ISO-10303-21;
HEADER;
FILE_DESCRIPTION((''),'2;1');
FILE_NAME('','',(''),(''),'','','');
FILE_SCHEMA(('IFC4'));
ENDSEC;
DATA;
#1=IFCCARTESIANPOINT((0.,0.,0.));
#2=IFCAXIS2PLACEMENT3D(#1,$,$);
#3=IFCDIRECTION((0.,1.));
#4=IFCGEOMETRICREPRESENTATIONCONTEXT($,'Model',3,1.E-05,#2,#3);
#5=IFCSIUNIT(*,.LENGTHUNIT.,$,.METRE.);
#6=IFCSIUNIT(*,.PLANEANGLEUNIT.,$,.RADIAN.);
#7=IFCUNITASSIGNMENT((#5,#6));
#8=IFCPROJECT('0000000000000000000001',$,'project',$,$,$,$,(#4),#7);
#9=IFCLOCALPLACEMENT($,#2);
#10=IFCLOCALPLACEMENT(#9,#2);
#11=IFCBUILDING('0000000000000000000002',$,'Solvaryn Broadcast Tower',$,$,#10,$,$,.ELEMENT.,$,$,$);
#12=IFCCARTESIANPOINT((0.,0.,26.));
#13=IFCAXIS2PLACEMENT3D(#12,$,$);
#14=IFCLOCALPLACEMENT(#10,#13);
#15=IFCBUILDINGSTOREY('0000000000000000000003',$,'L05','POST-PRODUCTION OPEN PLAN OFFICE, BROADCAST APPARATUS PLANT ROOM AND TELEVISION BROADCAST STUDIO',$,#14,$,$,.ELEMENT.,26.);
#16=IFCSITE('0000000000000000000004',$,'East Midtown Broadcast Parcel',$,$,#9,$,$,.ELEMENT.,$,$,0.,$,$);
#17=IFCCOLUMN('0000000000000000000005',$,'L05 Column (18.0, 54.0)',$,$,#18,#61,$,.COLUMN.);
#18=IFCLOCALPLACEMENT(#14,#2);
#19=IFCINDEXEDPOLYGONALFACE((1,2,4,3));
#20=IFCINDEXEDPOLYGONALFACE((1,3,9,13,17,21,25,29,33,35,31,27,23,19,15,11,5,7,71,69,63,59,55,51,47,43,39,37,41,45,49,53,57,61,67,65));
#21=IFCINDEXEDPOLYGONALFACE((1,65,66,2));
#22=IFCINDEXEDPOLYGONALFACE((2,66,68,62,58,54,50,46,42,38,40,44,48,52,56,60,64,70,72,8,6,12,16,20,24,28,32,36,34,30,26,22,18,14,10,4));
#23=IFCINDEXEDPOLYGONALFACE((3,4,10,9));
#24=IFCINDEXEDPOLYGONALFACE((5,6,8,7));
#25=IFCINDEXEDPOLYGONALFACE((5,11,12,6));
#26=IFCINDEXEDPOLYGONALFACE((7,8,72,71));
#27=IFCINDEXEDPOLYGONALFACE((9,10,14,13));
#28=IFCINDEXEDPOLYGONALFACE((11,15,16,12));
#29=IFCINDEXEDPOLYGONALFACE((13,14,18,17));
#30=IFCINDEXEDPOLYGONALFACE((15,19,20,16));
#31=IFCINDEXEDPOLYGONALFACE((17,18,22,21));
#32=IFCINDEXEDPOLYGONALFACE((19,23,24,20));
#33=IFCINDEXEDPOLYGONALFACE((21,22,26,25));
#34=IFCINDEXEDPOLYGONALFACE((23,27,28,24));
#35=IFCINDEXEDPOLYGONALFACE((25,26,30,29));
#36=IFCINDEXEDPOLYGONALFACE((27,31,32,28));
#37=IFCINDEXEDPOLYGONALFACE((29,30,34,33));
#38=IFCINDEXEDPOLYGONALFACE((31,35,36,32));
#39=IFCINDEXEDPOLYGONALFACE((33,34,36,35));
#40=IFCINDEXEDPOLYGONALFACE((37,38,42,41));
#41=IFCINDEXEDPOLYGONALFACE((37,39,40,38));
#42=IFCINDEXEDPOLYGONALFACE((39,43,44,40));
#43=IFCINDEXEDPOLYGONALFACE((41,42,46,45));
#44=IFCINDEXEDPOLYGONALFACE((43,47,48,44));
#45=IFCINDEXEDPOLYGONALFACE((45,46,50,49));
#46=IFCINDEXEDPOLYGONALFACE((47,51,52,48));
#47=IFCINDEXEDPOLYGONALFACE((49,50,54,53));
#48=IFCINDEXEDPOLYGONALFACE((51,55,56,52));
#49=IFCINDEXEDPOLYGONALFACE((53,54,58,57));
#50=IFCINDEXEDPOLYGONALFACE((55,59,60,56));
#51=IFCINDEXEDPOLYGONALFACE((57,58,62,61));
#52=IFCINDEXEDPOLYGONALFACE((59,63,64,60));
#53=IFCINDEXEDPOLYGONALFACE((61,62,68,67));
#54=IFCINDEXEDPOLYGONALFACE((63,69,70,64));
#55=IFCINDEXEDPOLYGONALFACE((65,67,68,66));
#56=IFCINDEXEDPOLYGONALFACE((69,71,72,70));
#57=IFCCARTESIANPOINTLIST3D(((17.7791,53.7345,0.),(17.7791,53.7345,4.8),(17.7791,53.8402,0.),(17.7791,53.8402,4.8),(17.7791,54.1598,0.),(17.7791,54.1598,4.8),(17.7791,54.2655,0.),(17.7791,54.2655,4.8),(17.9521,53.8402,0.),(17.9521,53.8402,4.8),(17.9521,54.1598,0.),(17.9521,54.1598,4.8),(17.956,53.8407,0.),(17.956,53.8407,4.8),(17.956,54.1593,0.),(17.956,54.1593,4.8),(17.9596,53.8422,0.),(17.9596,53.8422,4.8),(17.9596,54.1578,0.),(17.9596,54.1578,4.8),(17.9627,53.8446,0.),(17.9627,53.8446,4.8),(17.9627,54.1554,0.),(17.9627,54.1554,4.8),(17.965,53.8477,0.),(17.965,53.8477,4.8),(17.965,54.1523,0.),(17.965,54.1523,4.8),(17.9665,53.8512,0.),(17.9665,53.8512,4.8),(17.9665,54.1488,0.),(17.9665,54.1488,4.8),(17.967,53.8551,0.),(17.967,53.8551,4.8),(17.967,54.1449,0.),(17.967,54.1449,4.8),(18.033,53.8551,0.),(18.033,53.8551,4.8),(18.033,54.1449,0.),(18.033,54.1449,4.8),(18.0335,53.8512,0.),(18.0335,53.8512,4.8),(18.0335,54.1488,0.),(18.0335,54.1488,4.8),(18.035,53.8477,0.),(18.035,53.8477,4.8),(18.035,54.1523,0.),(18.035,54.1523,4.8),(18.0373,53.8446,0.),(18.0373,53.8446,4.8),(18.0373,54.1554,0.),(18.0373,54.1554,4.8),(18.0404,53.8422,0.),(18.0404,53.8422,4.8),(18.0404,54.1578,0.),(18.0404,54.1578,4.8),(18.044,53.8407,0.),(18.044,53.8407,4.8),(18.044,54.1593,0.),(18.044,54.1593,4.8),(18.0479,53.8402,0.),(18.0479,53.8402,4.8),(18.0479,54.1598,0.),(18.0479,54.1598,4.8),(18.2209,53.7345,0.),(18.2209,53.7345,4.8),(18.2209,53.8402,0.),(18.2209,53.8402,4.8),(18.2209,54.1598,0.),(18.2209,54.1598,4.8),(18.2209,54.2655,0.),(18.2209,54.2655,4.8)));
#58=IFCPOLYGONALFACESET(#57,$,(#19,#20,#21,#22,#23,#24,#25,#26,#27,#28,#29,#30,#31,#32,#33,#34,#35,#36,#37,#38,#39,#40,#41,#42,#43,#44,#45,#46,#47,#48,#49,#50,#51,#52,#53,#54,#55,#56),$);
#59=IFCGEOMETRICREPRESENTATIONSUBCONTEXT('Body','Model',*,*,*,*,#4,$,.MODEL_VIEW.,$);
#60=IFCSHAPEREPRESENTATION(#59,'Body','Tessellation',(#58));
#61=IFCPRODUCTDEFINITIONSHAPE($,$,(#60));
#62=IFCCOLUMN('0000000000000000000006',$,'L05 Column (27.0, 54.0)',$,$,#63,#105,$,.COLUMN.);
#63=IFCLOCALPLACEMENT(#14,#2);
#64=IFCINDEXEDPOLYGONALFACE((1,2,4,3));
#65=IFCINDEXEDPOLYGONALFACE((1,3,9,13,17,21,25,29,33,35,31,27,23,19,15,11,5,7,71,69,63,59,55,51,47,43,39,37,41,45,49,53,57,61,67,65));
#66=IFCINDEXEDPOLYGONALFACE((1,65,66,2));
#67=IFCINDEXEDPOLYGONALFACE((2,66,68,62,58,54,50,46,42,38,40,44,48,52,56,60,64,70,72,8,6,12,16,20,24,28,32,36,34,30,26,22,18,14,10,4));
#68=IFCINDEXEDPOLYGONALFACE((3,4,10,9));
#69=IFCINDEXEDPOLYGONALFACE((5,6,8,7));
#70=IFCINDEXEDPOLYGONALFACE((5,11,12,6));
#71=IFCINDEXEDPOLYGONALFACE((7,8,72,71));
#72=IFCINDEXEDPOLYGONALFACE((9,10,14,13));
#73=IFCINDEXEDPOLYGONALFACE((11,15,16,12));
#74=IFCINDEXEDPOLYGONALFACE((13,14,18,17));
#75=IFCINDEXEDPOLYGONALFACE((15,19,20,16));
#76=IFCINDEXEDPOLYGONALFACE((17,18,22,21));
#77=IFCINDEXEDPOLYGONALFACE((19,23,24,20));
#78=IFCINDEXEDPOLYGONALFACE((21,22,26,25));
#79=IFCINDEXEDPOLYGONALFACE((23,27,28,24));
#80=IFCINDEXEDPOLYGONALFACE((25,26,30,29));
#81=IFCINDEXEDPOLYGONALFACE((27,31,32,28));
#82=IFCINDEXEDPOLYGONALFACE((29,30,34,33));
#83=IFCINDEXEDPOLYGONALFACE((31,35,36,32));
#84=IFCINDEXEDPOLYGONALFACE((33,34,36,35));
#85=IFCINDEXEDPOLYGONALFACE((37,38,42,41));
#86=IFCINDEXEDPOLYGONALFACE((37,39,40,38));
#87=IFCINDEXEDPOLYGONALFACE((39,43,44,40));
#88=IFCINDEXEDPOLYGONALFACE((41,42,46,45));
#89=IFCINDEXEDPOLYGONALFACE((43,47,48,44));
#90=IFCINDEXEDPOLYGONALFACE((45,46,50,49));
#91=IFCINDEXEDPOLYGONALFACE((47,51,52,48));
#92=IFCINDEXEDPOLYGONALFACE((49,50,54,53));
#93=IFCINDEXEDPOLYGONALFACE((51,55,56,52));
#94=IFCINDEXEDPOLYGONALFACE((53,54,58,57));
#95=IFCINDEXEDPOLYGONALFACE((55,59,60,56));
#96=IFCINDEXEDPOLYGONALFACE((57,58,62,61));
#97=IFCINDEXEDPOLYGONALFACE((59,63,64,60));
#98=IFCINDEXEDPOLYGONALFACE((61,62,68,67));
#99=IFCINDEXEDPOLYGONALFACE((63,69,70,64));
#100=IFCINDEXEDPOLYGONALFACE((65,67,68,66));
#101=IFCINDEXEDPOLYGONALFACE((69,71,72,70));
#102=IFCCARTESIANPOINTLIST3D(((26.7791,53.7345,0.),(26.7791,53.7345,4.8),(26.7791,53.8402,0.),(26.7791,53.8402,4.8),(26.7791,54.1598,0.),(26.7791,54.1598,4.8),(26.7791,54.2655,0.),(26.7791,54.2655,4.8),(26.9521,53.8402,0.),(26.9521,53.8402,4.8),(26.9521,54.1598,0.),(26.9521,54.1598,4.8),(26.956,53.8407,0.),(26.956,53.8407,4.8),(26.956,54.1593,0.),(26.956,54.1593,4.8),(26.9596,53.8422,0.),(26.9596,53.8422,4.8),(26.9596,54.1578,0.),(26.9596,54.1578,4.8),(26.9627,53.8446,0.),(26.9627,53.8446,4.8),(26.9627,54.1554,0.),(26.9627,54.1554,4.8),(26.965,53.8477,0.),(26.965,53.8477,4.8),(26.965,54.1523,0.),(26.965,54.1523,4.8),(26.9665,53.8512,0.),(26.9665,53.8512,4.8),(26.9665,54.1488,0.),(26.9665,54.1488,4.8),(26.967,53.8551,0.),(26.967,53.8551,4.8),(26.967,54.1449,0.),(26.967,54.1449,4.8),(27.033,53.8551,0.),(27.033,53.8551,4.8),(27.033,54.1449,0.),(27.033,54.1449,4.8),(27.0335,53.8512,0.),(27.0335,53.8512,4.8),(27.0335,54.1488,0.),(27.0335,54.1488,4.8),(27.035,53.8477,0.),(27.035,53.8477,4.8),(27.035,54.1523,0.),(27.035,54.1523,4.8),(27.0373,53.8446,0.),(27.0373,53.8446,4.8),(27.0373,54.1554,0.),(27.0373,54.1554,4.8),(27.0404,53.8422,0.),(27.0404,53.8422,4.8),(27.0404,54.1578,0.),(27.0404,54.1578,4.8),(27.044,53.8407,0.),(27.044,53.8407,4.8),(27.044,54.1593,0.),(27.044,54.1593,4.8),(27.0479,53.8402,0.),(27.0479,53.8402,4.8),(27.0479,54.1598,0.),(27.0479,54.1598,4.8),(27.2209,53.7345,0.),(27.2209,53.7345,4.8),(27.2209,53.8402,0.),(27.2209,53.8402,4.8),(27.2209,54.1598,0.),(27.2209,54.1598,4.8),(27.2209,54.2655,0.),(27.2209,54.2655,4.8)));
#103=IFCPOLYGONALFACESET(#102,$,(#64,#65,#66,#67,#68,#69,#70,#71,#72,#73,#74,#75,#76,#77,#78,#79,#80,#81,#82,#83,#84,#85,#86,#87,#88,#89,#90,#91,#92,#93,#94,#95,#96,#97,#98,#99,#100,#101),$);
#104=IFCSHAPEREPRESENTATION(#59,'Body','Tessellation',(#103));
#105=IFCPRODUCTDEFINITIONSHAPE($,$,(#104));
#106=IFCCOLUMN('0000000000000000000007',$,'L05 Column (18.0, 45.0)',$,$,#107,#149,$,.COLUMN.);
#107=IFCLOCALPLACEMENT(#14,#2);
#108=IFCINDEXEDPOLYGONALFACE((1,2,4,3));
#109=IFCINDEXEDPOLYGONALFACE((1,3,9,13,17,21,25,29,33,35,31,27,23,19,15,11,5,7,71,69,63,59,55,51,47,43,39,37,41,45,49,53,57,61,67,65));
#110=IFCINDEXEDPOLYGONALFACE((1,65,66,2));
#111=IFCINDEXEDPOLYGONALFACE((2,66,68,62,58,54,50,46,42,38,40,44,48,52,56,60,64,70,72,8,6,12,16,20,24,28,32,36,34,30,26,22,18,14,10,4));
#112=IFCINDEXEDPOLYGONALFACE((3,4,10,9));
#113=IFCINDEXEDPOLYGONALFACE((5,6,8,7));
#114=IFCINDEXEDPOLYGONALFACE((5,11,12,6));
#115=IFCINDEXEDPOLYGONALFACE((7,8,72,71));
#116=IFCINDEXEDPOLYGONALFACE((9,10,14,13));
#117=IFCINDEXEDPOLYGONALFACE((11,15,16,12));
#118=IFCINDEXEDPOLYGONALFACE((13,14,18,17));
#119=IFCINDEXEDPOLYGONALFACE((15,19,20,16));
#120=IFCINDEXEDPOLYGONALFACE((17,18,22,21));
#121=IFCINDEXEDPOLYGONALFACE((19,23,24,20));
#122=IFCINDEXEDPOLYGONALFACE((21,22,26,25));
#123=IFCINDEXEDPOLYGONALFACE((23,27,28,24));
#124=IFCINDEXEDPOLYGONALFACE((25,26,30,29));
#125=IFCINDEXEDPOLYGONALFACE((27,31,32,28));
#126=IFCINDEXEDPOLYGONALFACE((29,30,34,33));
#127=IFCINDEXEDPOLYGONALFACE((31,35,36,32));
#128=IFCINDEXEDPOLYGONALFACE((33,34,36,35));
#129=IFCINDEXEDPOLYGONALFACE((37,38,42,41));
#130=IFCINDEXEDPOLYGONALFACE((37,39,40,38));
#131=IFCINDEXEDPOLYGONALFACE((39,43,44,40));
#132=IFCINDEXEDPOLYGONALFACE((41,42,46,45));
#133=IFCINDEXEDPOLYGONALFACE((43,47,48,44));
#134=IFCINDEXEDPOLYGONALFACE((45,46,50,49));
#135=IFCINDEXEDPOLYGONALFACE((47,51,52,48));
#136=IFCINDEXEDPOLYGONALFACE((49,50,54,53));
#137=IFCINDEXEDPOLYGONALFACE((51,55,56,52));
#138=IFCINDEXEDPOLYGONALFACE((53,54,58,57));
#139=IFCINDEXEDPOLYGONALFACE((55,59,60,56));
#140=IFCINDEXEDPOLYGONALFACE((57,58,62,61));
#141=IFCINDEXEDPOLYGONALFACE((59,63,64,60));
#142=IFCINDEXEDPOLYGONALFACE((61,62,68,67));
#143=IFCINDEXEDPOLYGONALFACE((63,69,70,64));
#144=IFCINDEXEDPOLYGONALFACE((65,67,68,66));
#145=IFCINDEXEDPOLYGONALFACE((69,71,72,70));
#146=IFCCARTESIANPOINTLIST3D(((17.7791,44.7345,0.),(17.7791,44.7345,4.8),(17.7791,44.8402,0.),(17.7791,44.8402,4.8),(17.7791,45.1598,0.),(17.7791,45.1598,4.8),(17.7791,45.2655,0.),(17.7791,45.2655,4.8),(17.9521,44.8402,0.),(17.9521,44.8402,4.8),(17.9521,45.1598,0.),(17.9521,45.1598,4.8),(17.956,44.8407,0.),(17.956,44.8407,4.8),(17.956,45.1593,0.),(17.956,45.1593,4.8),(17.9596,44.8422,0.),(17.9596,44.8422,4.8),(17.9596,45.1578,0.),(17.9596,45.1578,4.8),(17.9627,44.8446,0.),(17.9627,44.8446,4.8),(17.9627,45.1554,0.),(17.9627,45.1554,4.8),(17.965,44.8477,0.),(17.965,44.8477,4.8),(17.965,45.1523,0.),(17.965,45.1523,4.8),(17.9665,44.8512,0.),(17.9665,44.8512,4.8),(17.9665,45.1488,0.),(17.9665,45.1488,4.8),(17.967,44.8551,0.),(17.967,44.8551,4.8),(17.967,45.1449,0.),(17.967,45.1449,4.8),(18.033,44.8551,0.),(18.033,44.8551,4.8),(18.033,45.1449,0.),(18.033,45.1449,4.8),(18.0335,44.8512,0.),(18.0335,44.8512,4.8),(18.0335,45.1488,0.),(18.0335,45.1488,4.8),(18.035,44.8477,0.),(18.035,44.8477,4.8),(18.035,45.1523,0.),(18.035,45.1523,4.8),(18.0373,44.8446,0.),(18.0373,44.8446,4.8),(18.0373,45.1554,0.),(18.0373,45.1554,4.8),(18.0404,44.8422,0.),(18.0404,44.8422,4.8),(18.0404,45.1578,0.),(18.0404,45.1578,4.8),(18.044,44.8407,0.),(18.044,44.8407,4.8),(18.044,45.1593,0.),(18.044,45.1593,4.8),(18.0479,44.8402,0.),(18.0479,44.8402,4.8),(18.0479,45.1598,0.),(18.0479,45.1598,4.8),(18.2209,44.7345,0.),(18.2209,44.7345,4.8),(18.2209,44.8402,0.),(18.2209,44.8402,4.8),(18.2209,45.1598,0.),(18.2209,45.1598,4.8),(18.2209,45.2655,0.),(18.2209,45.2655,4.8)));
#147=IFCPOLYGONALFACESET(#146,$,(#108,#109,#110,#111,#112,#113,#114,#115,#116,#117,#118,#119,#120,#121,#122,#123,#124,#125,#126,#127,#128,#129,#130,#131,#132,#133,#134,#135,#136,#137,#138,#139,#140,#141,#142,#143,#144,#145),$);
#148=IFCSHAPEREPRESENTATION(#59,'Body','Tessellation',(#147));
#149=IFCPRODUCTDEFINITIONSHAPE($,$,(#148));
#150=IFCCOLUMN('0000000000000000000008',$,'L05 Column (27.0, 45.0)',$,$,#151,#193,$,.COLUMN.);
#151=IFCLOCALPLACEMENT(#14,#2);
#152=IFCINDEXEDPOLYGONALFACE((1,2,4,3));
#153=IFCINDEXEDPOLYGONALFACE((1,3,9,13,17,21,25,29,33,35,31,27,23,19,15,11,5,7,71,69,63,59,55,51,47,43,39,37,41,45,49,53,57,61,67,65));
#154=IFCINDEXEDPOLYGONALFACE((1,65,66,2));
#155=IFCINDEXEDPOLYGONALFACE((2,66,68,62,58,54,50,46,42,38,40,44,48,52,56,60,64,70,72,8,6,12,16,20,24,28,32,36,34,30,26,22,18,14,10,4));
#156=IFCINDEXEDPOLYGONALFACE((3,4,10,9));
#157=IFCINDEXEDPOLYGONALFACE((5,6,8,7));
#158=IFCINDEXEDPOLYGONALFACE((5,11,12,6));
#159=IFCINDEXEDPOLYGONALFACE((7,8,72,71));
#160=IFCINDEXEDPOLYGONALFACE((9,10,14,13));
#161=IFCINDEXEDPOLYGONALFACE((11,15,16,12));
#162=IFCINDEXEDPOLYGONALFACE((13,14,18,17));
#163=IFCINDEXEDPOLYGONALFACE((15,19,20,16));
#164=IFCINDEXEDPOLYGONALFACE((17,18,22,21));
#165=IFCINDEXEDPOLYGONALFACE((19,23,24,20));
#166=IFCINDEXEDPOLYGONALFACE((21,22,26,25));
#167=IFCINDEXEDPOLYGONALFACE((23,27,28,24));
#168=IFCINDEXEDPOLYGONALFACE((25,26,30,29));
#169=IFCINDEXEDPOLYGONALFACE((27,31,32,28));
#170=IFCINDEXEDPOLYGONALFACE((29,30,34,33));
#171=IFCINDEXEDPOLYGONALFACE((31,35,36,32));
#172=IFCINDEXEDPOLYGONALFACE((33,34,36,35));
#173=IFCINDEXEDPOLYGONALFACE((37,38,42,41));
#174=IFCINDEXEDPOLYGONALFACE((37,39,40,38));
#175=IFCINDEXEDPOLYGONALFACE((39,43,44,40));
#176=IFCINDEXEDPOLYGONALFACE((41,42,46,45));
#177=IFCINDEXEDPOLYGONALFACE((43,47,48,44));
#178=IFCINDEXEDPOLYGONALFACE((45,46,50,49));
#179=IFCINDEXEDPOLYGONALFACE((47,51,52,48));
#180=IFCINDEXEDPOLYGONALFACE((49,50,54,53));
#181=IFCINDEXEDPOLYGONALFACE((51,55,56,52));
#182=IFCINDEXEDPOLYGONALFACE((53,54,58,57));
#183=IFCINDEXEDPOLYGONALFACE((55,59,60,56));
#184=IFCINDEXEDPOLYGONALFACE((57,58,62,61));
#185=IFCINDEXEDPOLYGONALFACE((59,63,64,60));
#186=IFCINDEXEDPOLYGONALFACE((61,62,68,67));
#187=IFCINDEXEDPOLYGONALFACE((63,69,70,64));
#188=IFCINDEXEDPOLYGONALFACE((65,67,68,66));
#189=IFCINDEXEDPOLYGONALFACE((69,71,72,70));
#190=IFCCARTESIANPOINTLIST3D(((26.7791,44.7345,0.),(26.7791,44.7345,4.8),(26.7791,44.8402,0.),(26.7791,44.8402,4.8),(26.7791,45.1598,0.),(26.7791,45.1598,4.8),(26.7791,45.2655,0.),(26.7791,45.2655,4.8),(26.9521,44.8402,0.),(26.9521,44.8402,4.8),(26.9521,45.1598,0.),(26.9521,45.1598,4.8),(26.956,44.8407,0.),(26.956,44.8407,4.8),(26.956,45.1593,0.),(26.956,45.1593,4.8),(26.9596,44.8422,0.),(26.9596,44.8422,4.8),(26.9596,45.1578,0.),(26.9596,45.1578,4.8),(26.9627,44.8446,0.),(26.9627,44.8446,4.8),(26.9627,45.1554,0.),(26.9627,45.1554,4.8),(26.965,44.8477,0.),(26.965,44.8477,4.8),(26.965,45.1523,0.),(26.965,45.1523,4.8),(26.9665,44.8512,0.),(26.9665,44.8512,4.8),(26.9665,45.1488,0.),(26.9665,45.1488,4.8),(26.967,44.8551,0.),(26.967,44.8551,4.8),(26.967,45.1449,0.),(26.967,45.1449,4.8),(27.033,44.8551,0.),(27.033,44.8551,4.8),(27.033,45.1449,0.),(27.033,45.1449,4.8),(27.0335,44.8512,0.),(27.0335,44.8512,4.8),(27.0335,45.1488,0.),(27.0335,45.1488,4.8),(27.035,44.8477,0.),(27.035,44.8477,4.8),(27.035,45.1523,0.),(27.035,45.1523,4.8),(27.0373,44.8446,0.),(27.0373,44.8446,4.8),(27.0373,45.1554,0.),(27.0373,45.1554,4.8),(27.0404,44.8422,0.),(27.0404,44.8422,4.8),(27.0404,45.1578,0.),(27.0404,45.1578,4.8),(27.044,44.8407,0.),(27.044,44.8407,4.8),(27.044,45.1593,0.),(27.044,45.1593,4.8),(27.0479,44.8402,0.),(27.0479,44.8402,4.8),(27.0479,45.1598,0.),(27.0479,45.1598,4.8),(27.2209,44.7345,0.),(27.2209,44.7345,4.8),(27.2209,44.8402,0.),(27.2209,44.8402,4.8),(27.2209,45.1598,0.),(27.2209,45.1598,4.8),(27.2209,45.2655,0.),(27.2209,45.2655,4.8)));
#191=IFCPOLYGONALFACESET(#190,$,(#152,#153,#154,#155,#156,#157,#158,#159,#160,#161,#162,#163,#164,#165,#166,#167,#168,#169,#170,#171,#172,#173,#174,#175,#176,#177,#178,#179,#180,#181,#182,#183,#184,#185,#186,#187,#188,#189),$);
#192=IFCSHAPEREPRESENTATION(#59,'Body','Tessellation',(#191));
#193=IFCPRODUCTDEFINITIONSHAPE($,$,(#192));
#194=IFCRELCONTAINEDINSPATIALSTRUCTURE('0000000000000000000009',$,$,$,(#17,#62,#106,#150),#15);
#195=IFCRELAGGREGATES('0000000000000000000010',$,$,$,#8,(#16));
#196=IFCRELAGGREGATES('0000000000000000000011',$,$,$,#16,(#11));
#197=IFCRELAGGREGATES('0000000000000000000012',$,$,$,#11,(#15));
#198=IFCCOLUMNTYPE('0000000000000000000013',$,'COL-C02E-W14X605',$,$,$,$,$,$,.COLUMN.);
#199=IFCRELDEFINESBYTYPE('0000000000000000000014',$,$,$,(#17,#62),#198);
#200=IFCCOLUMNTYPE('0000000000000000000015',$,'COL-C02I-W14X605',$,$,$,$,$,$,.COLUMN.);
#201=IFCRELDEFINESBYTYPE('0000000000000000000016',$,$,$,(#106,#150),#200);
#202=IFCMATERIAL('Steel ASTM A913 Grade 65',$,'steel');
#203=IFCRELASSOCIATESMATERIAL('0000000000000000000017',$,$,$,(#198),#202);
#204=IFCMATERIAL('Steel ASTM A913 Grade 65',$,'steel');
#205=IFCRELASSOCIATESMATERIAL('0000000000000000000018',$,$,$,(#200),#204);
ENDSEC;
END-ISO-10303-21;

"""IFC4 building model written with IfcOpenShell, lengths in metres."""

from ifc_helpers import new_model, si_unit, direction, frame, origin, origin_2d, place, context, subcontext, project, spatial, i_section, extrude, material, material_profile, profile_set, type_object, element, save


model = new_model("IFC4")

# Units and contexts
model_context = context("Model", 3, precision=1e-05, world=origin(), true_north=direction((0.0, 1.0)))
body_context = subcontext(model_context, "Body", "Model", "MODEL_VIEW")
ifc_project = project(units=[si_unit("LENGTHUNIT", "METRE"), si_unit("PLANEANGLEUNIT", "RADIAN")], contexts=[model_context])

# Site, building, storey
site_placement = place(None, origin())
site = spatial("IfcSite", under=ifc_project, at=site_placement, Name="East Midtown Broadcast Parcel", CompositionType="ELEMENT", RefElevation=0.0)
building_placement = place(site_placement, origin())
building = spatial("IfcBuilding", under=site, at=building_placement, Name="Solvaryn Broadcast Tower", CompositionType="ELEMENT")
storey_placement = place(building_placement, frame((0.0, 0.0, 26.0)))
storey = spatial("IfcBuildingStorey", under=building, at=storey_placement, Name="L05", Description="POST-PRODUCTION OPEN PLAN OFFICE, BROADCAST APPARATUS PLANT ROOM AND TELEVISION BROADCAST STUDIO", CompositionType="ELEMENT", Elevation=26.0)

# Columns
ifc_material_1 = material(Name="Steel ASTM A913 Grade 65", Category="steel")
ifc_material_profile_1 = material_profile(ifc_material_1, i_section(OverallWidth=0.4419, OverallDepth=0.531, WebThickness=0.0659, FlangeThickness=0.1057, FilletRadius=0.0149, at=origin_2d()))
ifc_profile_set_1 = profile_set([ifc_material_profile_1], Name="Steel ASTM A913 Grade 65")
column_type_1 = type_object("IfcColumnType", Name="COL-C02E-W14X605", PredefinedType="COLUMN", material=ifc_profile_set_1)
for number, where, z_axis, x_axis, name in (
    (1, (18.0, 54.0, 0.0), (0.0, 0.0, 1.0), (1.0, 0.0, 0.0), "L05 Column (18.0, 54.0)"),
    (2, (27.0, 54.0, 0.0), (0.0, 0.0, 1.0), (1.0, 0.0, 0.0), "L05 Column (27.0, 54.0)"),
):
    element("IfcColumn", number, at=place(storey_placement, frame(where, z_axis=z_axis, x_axis=x_axis)), inside=storey, type_object=column_type_1, Name=name, PredefinedType="COLUMN", context=body_context, shape_type="SweptSolid", body=[
        extrude(i_section(OverallWidth=0.4419, OverallDepth=0.531, WebThickness=0.0659, FlangeThickness=0.1057, FilletRadius=0.0149, at=origin_2d()), origin(), (0.0, 0.0, 1.0), 4.8),
    ])
ifc_material_2 = material(Name="Steel ASTM A913 Grade 65", Category="steel")
ifc_material_profile_2 = material_profile(ifc_material_2, i_section(OverallWidth=0.4419, OverallDepth=0.531, WebThickness=0.0659, FlangeThickness=0.1057, FilletRadius=0.0149, at=origin_2d()))
ifc_profile_set_2 = profile_set([ifc_material_profile_2], Name="Steel ASTM A913 Grade 65")
column_type_2 = type_object("IfcColumnType", Name="COL-C02I-W14X605", PredefinedType="COLUMN", material=ifc_profile_set_2)
for number, where, z_axis, x_axis, name in (
    (3, (18.0, 45.0, 0.0), (0.0, 0.0, 1.0), (1.0, 0.0, 0.0), "L05 Column (18.0, 45.0)"),
    (4, (27.0, 45.0, 0.0), (0.0, 0.0, 1.0), (1.0, 0.0, 0.0), "L05 Column (27.0, 45.0)"),
):
    element("IfcColumn", number, at=place(storey_placement, frame(where, z_axis=z_axis, x_axis=x_axis)), inside=storey, type_object=column_type_2, Name=name, PredefinedType="COLUMN", context=body_context, shape_type="SweptSolid", body=[
        extrude(i_section(OverallWidth=0.4419, OverallDepth=0.531, WebThickness=0.0659, FlangeThickness=0.1057, FilletRadius=0.0149, at=origin_2d()), origin(), (0.0, 0.0, 1.0), 4.8),
    ])

save(model, "model.ifc")
